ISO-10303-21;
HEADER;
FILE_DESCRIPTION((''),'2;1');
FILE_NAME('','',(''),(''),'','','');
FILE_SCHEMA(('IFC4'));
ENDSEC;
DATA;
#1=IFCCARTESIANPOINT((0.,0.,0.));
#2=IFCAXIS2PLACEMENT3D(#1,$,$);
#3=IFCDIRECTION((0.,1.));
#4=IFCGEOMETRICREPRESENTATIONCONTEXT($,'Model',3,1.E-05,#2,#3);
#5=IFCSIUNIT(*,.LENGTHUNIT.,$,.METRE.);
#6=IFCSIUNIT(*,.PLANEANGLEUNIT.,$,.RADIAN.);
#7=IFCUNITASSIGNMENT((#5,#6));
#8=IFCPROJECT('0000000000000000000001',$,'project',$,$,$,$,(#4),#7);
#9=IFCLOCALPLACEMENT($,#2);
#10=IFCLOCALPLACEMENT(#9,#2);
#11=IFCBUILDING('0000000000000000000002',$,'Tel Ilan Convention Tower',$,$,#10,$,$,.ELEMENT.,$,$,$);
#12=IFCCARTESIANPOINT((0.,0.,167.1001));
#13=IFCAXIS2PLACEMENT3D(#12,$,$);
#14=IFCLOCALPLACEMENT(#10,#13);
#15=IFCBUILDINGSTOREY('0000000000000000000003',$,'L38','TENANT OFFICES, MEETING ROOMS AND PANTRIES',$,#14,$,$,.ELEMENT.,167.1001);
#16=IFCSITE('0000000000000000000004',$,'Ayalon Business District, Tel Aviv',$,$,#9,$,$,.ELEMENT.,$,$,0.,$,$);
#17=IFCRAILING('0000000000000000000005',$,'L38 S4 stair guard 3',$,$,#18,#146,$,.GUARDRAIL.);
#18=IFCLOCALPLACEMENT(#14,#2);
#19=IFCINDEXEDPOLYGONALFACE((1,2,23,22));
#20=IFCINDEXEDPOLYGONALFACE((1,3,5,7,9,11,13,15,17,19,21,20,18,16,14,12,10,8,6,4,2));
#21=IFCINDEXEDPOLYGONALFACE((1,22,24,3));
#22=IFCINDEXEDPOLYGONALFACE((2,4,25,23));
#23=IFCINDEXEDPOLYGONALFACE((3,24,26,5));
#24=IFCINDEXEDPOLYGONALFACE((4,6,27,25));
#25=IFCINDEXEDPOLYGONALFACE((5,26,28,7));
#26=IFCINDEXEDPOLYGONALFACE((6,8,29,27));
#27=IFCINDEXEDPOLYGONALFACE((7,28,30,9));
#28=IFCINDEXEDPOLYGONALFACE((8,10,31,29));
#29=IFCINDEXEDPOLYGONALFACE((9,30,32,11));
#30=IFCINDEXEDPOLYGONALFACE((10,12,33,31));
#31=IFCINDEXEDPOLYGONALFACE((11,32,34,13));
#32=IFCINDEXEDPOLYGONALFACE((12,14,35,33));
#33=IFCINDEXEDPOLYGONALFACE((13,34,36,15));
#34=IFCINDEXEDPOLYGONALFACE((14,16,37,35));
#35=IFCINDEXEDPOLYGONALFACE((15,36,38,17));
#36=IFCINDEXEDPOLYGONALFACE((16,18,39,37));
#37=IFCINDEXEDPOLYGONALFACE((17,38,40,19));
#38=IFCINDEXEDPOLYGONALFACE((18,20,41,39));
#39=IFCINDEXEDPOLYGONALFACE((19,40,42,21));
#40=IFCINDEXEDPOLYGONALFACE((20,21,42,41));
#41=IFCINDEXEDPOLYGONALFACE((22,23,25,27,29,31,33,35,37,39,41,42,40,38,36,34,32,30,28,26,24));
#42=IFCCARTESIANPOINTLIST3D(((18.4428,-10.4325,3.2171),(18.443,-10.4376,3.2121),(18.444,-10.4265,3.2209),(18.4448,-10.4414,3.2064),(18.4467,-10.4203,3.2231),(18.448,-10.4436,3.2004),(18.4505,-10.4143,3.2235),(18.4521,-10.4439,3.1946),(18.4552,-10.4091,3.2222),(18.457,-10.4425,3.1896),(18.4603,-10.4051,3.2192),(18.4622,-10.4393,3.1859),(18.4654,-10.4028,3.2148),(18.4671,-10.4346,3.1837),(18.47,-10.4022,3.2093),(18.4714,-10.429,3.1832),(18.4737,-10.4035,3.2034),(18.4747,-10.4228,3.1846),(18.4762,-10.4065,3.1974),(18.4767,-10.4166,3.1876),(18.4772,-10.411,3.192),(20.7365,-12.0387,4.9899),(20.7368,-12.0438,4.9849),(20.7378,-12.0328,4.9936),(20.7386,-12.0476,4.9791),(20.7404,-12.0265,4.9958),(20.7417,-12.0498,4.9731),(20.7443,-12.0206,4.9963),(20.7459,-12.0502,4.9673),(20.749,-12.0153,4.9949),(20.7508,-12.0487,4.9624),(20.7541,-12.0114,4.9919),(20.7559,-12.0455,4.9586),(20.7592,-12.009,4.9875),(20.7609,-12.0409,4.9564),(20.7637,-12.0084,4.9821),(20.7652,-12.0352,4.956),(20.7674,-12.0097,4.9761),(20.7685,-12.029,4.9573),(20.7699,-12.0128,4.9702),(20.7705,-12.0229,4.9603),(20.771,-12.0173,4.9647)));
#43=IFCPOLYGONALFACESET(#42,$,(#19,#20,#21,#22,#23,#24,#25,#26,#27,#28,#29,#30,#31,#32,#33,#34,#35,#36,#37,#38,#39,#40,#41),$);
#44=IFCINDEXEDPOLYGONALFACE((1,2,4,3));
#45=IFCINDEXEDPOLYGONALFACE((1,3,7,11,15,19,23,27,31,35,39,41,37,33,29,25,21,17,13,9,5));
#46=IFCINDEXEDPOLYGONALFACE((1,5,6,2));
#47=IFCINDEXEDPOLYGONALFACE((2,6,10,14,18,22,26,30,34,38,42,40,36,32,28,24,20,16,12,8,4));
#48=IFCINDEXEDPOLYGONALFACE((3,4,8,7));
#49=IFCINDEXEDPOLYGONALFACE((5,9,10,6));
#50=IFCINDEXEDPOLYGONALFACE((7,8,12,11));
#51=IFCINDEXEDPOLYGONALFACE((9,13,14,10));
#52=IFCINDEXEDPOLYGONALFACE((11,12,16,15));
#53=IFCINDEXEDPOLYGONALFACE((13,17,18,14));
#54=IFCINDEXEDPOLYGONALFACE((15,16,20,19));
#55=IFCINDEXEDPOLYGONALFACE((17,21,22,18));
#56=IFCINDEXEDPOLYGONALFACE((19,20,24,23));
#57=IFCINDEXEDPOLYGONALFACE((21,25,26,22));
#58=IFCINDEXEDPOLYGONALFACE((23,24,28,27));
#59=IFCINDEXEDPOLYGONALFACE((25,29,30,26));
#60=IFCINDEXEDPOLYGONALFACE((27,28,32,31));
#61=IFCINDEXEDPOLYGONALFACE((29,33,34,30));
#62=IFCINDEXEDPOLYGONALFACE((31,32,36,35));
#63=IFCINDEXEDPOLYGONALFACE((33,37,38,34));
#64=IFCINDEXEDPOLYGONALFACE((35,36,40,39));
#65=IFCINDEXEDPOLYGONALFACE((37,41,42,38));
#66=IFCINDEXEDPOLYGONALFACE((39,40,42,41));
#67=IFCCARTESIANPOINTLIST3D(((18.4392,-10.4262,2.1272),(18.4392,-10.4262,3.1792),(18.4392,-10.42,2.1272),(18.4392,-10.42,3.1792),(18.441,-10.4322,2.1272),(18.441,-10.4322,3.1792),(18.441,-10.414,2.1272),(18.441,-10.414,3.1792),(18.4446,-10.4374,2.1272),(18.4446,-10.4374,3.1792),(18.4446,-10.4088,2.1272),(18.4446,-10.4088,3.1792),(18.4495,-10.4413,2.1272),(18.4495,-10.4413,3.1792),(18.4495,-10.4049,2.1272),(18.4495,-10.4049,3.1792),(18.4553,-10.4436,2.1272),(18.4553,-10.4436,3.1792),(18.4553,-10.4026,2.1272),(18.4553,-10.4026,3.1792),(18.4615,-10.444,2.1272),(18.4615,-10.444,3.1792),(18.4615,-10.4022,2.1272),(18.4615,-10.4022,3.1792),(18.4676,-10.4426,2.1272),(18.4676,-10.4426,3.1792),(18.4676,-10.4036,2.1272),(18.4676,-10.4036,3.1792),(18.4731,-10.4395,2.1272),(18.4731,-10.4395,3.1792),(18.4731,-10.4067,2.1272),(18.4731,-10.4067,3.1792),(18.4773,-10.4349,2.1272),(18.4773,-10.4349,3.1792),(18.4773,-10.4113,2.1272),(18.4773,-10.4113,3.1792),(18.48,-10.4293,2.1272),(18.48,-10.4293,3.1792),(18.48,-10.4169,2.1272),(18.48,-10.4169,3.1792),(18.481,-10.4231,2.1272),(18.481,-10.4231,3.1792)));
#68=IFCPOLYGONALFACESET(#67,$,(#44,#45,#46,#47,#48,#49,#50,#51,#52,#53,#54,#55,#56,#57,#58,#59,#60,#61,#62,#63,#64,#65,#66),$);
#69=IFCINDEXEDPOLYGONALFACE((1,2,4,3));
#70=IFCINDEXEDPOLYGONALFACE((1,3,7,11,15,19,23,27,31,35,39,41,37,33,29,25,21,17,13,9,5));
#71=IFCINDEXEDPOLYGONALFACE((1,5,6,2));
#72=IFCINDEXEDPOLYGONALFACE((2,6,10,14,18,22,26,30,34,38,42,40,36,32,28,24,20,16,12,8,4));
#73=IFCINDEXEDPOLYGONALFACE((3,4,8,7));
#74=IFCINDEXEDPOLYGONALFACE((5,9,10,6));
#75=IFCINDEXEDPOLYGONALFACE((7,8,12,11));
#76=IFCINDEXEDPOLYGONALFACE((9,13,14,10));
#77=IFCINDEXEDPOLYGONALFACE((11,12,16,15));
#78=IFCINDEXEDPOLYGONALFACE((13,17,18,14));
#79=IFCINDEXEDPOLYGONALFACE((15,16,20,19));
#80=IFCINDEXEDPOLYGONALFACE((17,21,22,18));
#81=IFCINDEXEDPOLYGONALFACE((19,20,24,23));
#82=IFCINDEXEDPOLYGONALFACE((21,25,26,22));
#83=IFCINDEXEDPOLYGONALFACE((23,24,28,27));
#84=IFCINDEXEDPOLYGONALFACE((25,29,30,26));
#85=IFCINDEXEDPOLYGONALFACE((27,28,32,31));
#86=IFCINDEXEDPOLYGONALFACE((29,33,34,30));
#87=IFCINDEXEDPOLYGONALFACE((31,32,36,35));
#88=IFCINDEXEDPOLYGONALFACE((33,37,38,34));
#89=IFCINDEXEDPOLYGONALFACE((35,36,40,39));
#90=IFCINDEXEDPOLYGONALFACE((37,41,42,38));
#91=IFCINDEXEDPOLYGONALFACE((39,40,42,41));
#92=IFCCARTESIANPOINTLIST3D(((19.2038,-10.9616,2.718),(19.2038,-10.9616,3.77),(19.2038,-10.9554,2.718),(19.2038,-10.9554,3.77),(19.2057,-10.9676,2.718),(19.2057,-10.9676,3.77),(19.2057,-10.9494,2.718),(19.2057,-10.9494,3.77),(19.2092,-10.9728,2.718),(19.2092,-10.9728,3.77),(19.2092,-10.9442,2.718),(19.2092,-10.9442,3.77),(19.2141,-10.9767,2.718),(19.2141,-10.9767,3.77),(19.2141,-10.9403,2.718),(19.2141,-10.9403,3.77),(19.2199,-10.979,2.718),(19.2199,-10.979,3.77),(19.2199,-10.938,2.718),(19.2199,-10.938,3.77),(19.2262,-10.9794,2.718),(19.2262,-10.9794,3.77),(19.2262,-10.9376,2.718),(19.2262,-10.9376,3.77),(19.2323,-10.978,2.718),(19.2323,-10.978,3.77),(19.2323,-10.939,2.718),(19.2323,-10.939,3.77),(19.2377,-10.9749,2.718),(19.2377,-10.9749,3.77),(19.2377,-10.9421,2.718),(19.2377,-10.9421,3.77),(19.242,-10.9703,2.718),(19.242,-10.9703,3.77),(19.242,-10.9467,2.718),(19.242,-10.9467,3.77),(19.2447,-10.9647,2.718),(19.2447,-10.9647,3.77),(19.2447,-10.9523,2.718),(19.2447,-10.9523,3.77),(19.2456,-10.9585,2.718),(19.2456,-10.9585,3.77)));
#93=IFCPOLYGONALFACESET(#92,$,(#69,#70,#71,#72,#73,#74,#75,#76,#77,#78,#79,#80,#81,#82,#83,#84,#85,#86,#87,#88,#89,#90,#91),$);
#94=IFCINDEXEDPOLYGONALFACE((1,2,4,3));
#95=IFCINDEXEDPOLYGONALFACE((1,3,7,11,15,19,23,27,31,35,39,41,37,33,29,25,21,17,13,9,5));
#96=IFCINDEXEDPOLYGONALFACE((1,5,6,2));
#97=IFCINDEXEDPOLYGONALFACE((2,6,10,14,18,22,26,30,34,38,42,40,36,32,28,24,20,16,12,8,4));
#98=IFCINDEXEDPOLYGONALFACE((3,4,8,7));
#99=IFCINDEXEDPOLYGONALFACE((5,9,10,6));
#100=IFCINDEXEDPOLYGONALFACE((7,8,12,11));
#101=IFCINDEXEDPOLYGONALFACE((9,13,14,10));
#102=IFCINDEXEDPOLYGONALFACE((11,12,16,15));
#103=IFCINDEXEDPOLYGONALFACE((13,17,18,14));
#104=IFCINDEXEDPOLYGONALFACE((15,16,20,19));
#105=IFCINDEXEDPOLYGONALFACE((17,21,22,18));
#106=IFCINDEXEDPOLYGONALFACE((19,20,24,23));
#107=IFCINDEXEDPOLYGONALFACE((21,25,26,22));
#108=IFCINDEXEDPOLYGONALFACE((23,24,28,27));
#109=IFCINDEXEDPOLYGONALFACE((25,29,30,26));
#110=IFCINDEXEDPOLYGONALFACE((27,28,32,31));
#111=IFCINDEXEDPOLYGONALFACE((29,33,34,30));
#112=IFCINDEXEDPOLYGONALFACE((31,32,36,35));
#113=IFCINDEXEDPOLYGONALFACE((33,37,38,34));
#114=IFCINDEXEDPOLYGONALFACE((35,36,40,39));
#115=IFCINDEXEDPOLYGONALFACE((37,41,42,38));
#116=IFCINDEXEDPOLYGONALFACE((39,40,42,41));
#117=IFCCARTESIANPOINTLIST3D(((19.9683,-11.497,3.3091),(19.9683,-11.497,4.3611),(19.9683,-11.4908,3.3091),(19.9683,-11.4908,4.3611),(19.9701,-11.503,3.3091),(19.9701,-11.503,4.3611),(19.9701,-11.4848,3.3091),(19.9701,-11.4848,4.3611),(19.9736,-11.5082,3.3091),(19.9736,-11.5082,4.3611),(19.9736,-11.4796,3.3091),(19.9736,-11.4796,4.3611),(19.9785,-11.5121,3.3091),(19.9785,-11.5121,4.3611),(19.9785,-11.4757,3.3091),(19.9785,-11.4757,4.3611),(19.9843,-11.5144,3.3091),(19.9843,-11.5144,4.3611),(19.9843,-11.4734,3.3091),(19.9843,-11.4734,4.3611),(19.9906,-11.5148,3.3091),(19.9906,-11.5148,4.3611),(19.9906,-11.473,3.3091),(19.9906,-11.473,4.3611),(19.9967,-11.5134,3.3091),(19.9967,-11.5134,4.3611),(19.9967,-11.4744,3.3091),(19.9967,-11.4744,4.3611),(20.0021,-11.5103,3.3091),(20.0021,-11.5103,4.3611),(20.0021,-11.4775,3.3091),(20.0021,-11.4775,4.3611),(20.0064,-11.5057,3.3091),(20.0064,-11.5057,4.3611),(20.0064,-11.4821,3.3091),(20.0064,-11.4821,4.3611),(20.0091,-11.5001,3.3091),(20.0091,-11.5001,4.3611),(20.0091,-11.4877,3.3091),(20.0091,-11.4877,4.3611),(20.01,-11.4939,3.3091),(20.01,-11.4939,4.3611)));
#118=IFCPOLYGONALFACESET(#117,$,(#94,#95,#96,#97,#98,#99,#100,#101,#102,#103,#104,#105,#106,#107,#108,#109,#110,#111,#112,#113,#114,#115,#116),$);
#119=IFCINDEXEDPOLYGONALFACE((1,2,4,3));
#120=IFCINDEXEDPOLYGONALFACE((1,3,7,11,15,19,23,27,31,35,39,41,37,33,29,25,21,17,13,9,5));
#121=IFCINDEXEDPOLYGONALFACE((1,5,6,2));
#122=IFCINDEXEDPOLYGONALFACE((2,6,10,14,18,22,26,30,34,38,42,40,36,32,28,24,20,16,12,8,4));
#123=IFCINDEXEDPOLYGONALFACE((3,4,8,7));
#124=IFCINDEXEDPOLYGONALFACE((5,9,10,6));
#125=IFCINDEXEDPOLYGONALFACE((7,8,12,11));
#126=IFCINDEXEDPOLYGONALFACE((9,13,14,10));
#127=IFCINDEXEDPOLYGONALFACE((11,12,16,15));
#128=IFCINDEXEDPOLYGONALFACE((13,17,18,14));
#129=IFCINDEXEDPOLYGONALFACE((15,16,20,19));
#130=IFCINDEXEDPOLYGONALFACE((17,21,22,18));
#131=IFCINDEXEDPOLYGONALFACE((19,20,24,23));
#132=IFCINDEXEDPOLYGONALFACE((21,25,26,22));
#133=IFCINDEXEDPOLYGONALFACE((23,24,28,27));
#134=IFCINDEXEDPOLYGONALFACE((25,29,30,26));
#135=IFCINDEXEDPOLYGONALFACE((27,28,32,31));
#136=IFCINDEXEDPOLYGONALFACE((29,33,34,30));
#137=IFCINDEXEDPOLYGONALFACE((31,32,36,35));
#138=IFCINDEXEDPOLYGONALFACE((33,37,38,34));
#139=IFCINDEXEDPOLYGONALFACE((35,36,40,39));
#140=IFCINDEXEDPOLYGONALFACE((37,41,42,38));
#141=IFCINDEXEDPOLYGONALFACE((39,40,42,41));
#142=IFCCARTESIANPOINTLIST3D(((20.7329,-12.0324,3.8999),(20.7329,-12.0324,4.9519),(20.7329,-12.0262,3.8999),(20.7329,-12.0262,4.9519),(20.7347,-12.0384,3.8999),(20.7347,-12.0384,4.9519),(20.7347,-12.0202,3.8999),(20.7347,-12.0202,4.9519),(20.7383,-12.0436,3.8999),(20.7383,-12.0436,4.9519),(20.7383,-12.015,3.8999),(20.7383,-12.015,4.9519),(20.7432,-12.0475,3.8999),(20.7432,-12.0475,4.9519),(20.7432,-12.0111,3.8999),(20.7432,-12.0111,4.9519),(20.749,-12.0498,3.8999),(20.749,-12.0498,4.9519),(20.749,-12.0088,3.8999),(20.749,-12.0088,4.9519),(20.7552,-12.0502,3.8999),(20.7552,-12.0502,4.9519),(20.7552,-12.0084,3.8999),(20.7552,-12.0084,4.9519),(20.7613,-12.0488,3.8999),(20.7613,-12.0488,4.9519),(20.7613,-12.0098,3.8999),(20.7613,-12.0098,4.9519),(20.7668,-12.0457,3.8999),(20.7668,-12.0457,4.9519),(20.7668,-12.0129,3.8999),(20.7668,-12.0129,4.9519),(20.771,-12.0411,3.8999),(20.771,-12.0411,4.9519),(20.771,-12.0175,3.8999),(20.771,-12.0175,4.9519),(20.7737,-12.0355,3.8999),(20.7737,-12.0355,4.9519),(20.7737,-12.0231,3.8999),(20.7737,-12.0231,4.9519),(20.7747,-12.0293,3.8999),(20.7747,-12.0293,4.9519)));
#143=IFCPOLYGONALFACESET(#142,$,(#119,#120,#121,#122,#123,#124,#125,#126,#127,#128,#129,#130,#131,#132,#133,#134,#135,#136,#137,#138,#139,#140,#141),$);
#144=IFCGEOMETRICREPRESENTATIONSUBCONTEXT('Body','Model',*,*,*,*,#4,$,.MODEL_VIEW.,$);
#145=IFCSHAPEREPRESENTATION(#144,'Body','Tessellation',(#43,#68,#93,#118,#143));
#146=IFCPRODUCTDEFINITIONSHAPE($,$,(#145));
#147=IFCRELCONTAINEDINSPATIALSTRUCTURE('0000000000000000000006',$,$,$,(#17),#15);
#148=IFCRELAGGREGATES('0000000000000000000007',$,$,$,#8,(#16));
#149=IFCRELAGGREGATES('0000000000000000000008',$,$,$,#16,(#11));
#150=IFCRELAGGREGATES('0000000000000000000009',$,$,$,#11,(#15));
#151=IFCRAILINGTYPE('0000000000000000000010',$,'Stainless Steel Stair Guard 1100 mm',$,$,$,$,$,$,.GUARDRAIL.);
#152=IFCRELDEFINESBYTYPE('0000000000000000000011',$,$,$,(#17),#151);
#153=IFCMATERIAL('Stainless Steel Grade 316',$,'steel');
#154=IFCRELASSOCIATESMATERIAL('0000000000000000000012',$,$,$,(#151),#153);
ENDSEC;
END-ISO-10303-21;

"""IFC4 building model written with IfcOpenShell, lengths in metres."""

from ifc_helpers import new_model, si_unit, direction, frame, origin, origin_2d, place, context, subcontext, project, spatial, circle, extrude, material, type_object, element, save


model = new_model("IFC4")

# Units and contexts
model_context = context("Model", 3, precision=1e-05, world=origin(), true_north=direction((0.0, 1.0)))
body_context = subcontext(model_context, "Body", "Model", "MODEL_VIEW")
ifc_project = project(units=[si_unit("LENGTHUNIT", "METRE"), si_unit("PLANEANGLEUNIT", "RADIAN")], contexts=[model_context])

# Site, building, storey
site_placement = place(None, origin())
site = spatial("IfcSite", under=ifc_project, at=site_placement, Name="Ayalon Business District, Tel Aviv", CompositionType="ELEMENT", RefElevation=0.0)
building_placement = place(site_placement, origin())
building = spatial("IfcBuilding", under=site, at=building_placement, Name="Tel Ilan Convention Tower", CompositionType="ELEMENT")
storey_placement = place(building_placement, frame((0.0, 0.0, 167.1001)))
storey = spatial("IfcBuildingStorey", under=building, at=storey_placement, Name="L38", Description="TENANT OFFICES, MEETING ROOMS AND PANTRIES", CompositionType="ELEMENT", Elevation=167.1001)

# Railing
ifc_material_1 = material(Name="Stainless Steel Grade 316", Category="steel")
railing_type_1 = type_object("IfcRailingType", Name="Stainless Steel Stair Guard 1100 mm", PredefinedType="GUARDRAIL", material=ifc_material_1)
railing_1_placement = place(storey_placement, frame((18.46, -10.4231, 2.1272)))
element("IfcRailing", 1, at=railing_1_placement, inside=storey, type_object=railing_type_1, Name="L38 S4 stair guard 3", PredefinedType="GUARDRAIL", context=body_context, shape_type="SweptSolid", body=[
    extrude(circle(Radius=0.0239, at=origin_2d()), frame((0.0, 0.0, 1.0762), z_axis=(0.692098, -0.484653, 0.534894), x_axis=(0.573609, 0.81913, 0.0)), (0.0, 0.0, 1.0), 3.3142),
    extrude(circle(Radius=0.021, at=origin_2d()), origin(), (0.0, 0.0, 1.0), 1.052),
    extrude(circle(Radius=0.021, at=origin_2d()), frame((0.7646, -0.5354, 0.5908)), (0.0, 0.0, 1.0), 1.052),
    extrude(circle(Radius=0.021, at=origin_2d()), frame((1.5291, -1.0708, 1.1819)), (0.0, 0.0, 1.0), 1.052),
    extrude(circle(Radius=0.021, at=origin_2d()), frame((2.2937, -1.6062, 1.7727)), (0.0, 0.0, 1.0), 1.052),
])

save(model, "model.ifc")
